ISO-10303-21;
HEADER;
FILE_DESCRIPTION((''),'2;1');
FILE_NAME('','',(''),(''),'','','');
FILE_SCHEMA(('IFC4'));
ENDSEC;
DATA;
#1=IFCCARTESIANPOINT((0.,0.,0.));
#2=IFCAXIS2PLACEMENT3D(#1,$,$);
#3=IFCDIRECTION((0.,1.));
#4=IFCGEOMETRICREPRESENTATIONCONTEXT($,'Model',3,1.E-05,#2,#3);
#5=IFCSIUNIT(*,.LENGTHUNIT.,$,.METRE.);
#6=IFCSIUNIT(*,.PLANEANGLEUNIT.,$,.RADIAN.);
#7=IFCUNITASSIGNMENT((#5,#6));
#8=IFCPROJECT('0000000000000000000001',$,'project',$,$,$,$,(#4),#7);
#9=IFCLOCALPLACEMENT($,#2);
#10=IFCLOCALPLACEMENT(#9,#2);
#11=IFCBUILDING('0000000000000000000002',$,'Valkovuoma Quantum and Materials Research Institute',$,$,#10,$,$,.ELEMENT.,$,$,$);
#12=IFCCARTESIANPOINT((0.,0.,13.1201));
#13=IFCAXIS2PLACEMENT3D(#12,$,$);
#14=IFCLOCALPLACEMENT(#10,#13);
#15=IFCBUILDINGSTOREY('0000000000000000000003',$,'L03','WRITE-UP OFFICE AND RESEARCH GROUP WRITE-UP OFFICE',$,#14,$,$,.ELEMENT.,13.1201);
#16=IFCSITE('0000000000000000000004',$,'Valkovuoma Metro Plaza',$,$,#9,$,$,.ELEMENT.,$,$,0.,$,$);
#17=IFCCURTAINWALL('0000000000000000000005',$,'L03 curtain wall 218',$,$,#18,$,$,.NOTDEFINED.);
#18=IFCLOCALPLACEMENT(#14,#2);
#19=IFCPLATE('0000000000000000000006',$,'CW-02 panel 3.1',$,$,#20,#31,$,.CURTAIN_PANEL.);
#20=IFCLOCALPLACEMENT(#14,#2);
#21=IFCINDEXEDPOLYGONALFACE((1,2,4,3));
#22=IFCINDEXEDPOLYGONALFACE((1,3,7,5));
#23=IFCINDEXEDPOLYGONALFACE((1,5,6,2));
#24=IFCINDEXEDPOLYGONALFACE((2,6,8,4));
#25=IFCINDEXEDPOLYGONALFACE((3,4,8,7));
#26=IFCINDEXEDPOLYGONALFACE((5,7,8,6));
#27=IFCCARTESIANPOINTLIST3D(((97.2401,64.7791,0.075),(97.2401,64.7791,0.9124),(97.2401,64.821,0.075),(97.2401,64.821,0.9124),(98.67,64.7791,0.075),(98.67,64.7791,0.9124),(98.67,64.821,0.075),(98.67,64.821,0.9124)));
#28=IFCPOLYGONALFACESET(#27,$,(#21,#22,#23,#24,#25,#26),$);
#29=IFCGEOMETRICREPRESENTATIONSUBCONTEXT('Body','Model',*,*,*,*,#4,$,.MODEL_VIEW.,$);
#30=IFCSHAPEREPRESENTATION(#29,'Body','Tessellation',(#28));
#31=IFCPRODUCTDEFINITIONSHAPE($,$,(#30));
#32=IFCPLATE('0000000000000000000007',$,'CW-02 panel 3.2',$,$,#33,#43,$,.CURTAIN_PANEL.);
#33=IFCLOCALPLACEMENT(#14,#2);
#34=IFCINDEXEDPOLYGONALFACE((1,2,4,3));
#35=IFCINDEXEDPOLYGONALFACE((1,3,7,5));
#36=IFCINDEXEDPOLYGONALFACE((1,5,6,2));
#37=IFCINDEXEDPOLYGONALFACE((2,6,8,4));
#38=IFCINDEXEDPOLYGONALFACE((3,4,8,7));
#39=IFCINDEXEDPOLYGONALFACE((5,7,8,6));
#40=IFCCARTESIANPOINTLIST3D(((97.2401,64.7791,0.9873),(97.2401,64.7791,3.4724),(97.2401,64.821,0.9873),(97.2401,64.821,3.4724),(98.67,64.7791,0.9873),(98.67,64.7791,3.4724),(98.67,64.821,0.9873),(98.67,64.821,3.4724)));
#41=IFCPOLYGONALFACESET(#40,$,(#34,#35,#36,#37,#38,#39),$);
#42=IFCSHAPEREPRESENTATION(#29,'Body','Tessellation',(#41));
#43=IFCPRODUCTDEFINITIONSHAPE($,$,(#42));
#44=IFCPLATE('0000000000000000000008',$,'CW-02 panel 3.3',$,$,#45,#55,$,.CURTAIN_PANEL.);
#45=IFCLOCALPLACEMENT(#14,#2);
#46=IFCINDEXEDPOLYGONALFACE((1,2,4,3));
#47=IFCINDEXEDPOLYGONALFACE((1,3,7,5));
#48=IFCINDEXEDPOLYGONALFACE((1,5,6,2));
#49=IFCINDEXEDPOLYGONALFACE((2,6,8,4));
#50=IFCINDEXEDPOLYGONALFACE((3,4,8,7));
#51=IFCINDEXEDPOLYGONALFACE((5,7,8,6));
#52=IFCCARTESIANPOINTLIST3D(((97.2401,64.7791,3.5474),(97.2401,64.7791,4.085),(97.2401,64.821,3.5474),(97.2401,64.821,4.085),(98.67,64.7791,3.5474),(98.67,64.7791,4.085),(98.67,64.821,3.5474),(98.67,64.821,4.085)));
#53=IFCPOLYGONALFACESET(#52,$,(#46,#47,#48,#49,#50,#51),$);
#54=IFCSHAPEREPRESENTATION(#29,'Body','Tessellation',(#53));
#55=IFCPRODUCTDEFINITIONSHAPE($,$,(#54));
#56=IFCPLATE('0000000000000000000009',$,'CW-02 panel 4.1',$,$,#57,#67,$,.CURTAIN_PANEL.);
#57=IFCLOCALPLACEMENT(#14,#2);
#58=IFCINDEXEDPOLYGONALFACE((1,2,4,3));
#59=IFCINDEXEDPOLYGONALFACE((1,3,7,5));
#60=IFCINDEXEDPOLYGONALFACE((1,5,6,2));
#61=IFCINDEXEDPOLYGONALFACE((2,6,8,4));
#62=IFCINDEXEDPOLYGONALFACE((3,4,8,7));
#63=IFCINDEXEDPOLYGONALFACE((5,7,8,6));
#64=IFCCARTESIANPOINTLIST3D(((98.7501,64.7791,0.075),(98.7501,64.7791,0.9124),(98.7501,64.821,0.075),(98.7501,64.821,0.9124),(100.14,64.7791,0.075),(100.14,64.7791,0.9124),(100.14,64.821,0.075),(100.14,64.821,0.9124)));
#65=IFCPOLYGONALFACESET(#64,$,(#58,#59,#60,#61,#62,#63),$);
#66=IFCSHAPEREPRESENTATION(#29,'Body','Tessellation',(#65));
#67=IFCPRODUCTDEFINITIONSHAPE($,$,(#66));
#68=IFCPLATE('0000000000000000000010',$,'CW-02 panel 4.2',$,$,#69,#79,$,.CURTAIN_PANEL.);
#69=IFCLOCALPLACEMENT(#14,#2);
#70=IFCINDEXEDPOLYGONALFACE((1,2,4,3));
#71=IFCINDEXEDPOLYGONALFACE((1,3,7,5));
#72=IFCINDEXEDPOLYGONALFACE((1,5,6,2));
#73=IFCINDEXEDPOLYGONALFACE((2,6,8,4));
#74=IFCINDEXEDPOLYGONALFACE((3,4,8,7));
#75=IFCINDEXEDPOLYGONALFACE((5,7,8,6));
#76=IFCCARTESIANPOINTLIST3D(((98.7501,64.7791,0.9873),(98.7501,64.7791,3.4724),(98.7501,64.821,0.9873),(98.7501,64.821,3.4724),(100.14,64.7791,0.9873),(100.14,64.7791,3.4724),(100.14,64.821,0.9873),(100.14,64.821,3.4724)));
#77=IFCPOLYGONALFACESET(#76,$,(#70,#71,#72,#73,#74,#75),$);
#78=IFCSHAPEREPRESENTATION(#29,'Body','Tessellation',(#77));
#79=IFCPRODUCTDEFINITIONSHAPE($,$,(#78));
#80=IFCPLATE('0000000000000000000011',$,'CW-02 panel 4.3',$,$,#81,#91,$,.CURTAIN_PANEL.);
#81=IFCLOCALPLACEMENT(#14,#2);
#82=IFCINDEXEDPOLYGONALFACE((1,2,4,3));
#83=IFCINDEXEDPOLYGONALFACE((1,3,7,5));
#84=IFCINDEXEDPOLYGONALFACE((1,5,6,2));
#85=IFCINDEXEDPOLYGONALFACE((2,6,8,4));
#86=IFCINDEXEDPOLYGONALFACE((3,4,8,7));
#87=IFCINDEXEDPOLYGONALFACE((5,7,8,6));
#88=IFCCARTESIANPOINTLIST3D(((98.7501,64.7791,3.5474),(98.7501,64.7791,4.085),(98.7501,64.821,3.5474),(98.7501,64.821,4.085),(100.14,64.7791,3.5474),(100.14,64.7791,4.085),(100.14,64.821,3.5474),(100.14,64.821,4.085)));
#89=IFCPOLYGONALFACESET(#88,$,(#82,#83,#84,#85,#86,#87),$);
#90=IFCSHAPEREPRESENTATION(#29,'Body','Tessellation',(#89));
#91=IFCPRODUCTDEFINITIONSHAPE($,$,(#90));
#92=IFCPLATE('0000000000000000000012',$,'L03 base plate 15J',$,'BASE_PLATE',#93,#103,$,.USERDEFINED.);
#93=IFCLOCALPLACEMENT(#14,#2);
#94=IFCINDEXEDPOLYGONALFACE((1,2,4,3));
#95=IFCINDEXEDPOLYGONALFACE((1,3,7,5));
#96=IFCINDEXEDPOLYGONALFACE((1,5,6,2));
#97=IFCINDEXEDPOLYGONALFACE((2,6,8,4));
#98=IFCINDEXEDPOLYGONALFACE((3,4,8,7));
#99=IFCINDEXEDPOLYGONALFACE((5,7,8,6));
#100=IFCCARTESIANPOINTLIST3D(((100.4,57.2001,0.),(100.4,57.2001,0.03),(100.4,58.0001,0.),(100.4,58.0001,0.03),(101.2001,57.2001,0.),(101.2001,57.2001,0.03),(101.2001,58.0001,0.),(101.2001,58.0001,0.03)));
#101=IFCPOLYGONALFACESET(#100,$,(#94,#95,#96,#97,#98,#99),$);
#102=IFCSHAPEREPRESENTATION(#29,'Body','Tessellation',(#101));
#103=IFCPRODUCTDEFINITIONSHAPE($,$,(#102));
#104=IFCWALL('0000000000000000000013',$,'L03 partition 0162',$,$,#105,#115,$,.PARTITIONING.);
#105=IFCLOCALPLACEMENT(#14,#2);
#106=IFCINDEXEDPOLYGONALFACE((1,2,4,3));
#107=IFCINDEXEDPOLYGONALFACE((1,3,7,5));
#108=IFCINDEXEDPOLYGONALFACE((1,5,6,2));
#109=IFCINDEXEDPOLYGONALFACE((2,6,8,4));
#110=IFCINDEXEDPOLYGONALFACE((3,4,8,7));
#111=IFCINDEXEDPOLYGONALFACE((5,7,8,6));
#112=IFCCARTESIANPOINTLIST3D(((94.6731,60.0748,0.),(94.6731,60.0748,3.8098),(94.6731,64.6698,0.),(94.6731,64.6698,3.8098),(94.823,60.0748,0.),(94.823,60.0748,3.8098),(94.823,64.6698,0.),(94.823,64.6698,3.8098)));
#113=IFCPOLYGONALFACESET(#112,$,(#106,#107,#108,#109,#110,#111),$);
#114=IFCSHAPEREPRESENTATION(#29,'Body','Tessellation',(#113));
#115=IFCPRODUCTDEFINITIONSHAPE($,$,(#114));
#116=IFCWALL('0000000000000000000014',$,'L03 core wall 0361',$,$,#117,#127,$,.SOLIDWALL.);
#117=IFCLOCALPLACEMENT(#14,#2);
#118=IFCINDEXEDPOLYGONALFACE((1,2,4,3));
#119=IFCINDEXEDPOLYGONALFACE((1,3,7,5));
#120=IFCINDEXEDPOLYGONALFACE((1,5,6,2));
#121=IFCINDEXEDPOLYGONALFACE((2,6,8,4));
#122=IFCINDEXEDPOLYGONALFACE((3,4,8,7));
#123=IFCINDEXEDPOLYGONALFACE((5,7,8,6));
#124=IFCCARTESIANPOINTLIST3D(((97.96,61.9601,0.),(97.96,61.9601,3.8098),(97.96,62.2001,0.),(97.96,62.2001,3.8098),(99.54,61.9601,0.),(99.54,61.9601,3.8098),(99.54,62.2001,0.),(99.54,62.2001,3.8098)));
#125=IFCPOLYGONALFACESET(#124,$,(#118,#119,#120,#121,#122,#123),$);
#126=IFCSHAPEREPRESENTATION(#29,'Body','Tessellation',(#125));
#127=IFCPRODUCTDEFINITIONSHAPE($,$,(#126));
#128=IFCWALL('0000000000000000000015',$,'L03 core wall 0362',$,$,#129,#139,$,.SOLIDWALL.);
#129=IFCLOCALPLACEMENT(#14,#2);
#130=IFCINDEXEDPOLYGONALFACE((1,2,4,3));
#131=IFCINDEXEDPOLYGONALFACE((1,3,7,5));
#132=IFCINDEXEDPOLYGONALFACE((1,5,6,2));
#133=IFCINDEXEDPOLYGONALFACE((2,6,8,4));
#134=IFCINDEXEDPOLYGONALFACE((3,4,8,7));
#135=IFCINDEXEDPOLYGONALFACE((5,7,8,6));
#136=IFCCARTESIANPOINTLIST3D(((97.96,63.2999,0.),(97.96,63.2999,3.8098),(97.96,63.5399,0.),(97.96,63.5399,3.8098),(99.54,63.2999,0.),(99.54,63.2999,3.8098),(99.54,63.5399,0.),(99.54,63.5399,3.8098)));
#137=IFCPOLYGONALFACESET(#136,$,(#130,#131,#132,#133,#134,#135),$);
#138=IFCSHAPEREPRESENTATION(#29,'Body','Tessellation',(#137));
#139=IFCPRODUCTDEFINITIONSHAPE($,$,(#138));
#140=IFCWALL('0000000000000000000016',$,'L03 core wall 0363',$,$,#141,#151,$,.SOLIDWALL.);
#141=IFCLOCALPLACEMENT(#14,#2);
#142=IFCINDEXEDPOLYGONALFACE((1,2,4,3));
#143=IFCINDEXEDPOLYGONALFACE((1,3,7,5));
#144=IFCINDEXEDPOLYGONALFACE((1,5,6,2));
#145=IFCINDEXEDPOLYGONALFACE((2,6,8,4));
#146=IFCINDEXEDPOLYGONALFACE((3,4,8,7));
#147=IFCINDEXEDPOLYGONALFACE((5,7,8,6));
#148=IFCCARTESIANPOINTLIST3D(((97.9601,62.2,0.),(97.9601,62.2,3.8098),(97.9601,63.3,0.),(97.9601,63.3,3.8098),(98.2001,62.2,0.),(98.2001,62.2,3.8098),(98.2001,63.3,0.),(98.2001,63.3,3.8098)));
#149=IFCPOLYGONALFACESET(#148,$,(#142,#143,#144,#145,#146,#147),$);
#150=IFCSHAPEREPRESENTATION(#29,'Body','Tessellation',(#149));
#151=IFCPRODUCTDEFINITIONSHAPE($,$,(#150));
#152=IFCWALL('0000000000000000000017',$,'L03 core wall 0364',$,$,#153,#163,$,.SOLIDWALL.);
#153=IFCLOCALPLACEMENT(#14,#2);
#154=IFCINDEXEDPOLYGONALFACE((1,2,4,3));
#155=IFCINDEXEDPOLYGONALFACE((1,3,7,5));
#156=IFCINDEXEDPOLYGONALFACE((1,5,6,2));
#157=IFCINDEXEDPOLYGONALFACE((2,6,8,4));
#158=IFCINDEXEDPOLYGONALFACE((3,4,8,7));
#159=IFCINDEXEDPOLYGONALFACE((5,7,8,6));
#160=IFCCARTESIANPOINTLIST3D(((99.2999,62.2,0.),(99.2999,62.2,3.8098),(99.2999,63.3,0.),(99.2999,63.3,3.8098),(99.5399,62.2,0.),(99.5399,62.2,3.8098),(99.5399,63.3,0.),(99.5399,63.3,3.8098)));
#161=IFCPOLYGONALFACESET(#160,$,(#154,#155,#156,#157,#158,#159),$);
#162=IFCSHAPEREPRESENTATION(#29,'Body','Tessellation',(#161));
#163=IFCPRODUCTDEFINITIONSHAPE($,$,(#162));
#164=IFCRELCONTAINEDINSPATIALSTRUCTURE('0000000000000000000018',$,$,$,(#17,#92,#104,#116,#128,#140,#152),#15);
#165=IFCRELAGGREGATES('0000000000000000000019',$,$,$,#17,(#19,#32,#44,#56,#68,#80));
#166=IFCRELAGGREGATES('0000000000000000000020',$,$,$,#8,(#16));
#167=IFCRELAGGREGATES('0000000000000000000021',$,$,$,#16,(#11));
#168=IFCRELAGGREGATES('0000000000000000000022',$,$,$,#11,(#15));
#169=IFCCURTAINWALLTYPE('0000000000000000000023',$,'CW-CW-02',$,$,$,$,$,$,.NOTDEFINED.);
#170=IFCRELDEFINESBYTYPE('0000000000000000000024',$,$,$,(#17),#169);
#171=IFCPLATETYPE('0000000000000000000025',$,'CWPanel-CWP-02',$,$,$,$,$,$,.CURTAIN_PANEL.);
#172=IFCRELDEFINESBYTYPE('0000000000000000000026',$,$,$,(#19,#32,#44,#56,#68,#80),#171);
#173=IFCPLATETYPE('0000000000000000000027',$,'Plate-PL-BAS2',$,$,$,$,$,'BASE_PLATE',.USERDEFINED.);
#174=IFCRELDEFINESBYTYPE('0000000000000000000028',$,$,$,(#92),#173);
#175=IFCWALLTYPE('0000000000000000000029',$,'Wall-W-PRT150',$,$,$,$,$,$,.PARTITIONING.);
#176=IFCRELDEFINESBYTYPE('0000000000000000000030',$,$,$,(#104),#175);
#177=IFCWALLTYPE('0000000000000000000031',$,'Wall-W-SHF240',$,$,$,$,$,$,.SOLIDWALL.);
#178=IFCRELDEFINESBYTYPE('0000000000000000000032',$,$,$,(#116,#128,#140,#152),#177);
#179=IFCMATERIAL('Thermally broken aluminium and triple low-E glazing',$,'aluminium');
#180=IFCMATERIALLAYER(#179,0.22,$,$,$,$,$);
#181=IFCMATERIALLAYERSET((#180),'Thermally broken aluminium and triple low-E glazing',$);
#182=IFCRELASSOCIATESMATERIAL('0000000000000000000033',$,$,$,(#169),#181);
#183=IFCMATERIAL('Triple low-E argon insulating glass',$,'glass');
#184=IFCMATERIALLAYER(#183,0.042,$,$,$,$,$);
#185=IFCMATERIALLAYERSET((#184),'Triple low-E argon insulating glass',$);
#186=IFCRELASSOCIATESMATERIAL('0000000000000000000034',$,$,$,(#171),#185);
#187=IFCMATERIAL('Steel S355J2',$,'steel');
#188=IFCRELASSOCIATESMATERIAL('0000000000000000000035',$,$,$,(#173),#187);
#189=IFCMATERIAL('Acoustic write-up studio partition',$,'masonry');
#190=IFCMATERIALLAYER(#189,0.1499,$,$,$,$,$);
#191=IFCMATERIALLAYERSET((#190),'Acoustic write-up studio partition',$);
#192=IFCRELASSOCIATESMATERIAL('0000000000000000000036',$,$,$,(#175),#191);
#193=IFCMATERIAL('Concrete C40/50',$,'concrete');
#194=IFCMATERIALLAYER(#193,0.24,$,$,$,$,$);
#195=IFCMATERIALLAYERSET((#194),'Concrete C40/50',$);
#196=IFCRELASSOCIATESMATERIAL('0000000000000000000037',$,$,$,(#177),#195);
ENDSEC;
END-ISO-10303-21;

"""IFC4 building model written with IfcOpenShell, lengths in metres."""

from ifc_helpers import new_model, si_unit, direction, frame, frame_2d, origin, origin_2d, place, context, subcontext, project, spatial, rectangle, extrude, material, layer, layer_set, type_object, element, aggregate, save


model = new_model("IFC4")

# Units and contexts
model_context = context("Model", 3, precision=1e-05, world=origin(), true_north=direction((0.0, 1.0)))
body_context = subcontext(model_context, "Body", "Model", "MODEL_VIEW")
ifc_project = project(units=[si_unit("LENGTHUNIT", "METRE"), si_unit("PLANEANGLEUNIT", "RADIAN")], contexts=[model_context])

# Site, building, storey
site_placement = place(None, origin())
site = spatial("IfcSite", under=ifc_project, at=site_placement, Name="Valkovuoma Metro Plaza", CompositionType="ELEMENT", RefElevation=0.0)
building_placement = place(site_placement, origin())
building = spatial("IfcBuilding", under=site, at=building_placement, Name="Valkovuoma Quantum and Materials Research Institute", CompositionType="ELEMENT")
storey_placement = place(building_placement, frame((0.0, 0.0, 13.1201)))
storey = spatial("IfcBuildingStorey", under=building, at=storey_placement, Name="L03", Description="WRITE-UP OFFICE AND RESEARCH GROUP WRITE-UP OFFICE", CompositionType="ELEMENT", Elevation=13.1201)

# Curtain wall, plates
ifc_material_1 = material(Name="Thermally broken aluminium and triple low-E glazing", Category="aluminium")
ifc_layer_1 = layer(ifc_material_1, 0.22)
ifc_layer_set_1 = layer_set([ifc_layer_1], Name="Thermally broken aluminium and triple low-E glazing")
curtain_wall_type = type_object("IfcCurtainWallType", Name="CW-CW-02", PredefinedType="NOTDEFINED", material=ifc_layer_set_1)
curtain_wall_placement = place(storey_placement, origin())
curtain_wall = element("IfcCurtainWall", 1, at=curtain_wall_placement, inside=storey, type_object=curtain_wall_type, Name="L03 curtain wall 218", PredefinedType="NOTDEFINED")
ifc_material_2 = material(Name="Triple low-E argon insulating glass", Category="glass")
ifc_layer_2 = layer(ifc_material_2, 0.042)
ifc_layer_set_2 = layer_set([ifc_layer_2], Name="Triple low-E argon insulating glass")
plate_type_1 = type_object("IfcPlateType", Name="CWPanel-CWP-02", PredefinedType="CURTAIN_PANEL", material=ifc_layer_set_2)
plate_1_placement = place(storey_placement, frame((97.9551, 64.8, 0.075), z_axis=(0.0, 0.0, 1.0), x_axis=(1.0, 0.0, 0.0)))
plate_1 = element("IfcPlate", 2, at=plate_1_placement, type_object=plate_type_1, Name="CW-02 panel 3.1", PredefinedType="CURTAIN_PANEL", context=body_context, shape_type="SweptSolid", body=[
    extrude(rectangle(XDim=1.4299, YDim=0.042, at=origin_2d()), origin(), (0.0, 0.0, 1.0), 0.8374),
])
plate_2_placement = place(storey_placement, frame((97.9551, 64.8, 0.9873), z_axis=(0.0, 0.0, 1.0), x_axis=(1.0, 0.0, 0.0)))
plate_2 = element("IfcPlate", 3, at=plate_2_placement, type_object=plate_type_1, Name="CW-02 panel 3.2", PredefinedType="CURTAIN_PANEL", context=body_context, shape_type="SweptSolid", body=[
    extrude(rectangle(XDim=1.4299, YDim=0.042, at=origin_2d()), origin(), (0.0, 0.0, 1.0), 2.4851),
])
plate_3_placement = place(storey_placement, frame((97.9551, 64.8, 3.5474), z_axis=(0.0, 0.0, 1.0), x_axis=(1.0, 0.0, 0.0)))
plate_3 = element("IfcPlate", 4, at=plate_3_placement, type_object=plate_type_1, Name="CW-02 panel 3.3", PredefinedType="CURTAIN_PANEL", context=body_context, shape_type="SweptSolid", body=[
    extrude(rectangle(XDim=1.4299, YDim=0.042, at=origin_2d()), origin(), (0.0, 0.0, 1.0), 0.5376),
])
plate_4_placement = place(storey_placement, frame((99.4451, 64.8, 0.075), z_axis=(0.0, 0.0, 1.0), x_axis=(1.0, 0.0, 0.0)))
plate_4 = element("IfcPlate", 5, at=plate_4_placement, type_object=plate_type_1, Name="CW-02 panel 4.1", PredefinedType="CURTAIN_PANEL", context=body_context, shape_type="SweptSolid", body=[
    extrude(rectangle(XDim=1.3899, YDim=0.042, at=origin_2d()), origin(), (0.0, 0.0, 1.0), 0.8374),
])
plate_5_placement = place(storey_placement, frame((99.4451, 64.8, 0.9873), z_axis=(0.0, 0.0, 1.0), x_axis=(1.0, 0.0, 0.0)))
plate_5 = element("IfcPlate", 6, at=plate_5_placement, type_object=plate_type_1, Name="CW-02 panel 4.2", PredefinedType="CURTAIN_PANEL", context=body_context, shape_type="SweptSolid", body=[
    extrude(rectangle(XDim=1.3899, YDim=0.042, at=origin_2d()), origin(), (0.0, 0.0, 1.0), 2.4851),
])
plate_6_placement = place(storey_placement, frame((99.4451, 64.8, 3.5474), z_axis=(0.0, 0.0, 1.0), x_axis=(1.0, 0.0, 0.0)))
plate_6 = element("IfcPlate", 7, at=plate_6_placement, type_object=plate_type_1, Name="CW-02 panel 4.3", PredefinedType="CURTAIN_PANEL", context=body_context, shape_type="SweptSolid", body=[
    extrude(rectangle(XDim=1.3899, YDim=0.042, at=origin_2d()), origin(), (0.0, 0.0, 1.0), 0.5376),
])
aggregate(curtain_wall, [plate_1, plate_2, plate_3, plate_4, plate_5, plate_6])

# Plate
ifc_material_3 = material(Name="Steel S355J2", Category="steel")
plate_type_2 = type_object("IfcPlateType", Name="Plate-PL-BAS2", ElementType="BASE_PLATE", PredefinedType="USERDEFINED", material=ifc_material_3)
plate_7_placement = place(storey_placement, frame((100.8, 57.6001, 0.0), z_axis=(0.0, 0.0, 1.0), x_axis=(1.0, 0.0, 0.0)))
element("IfcPlate", 8, at=plate_7_placement, inside=storey, type_object=plate_type_2, Name="L03 base plate 15J", ObjectType="BASE_PLATE", PredefinedType="USERDEFINED", context=body_context, shape_type="SweptSolid", body=[
    extrude(rectangle(XDim=0.8, YDim=0.8, at=origin_2d()), origin(), (0.0, 0.0, 1.0), 0.03),
])

# Walls
ifc_material_4 = material(Name="Acoustic write-up studio partition", Category="masonry")
ifc_layer_3 = layer(ifc_material_4, 0.1499)
ifc_layer_set_3 = layer_set([ifc_layer_3], Name="Acoustic write-up studio partition")
wall_type_1 = type_object("IfcWallType", Name="Wall-W-PRT150", PredefinedType="PARTITIONING", material=ifc_layer_set_3)
wall_placement = place(storey_placement, frame((94.748, 60.075, 0.0), z_axis=(0.0, 0.0, 1.0), x_axis=(0.0, 1.0, 0.0)))
element("IfcWall", 9, at=wall_placement, inside=storey, type_object=wall_type_1, Name="L03 partition 0162", PredefinedType="PARTITIONING", context=body_context, shape_type="SweptSolid", body=[
    extrude(rectangle(XDim=4.595, YDim=0.1499, at=frame_2d((2.2974, 0.0))), origin(), (0.0, 0.0, 1.0), 3.8098),
])
ifc_material_5 = material(Name="Concrete C40/50", Category="concrete")
ifc_layer_4 = layer(ifc_material_5, 0.24)
ifc_layer_set_4 = layer_set([ifc_layer_4], Name="Concrete C40/50")
wall_type_2 = type_object("IfcWallType", Name="Wall-W-SHF240", PredefinedType="SOLIDWALL", material=ifc_layer_set_4)
for number, where, z_axis, x_axis, name in (
    (10, (97.96, 62.0801, 0.0), (0.0, 0.0, 1.0), (1.0, 0.0, 0.0), "L03 core wall 0361"),
    (11, (97.96, 63.4199, 0.0), (0.0, 0.0, 1.0), (1.0, 0.0, 0.0), "L03 core wall 0362"),
):
    element("IfcWall", number, at=place(storey_placement, frame(where, z_axis=z_axis, x_axis=x_axis)), inside=storey, type_object=wall_type_2, Name=name, PredefinedType="SOLIDWALL", context=body_context, shape_type="SweptSolid", body=[
        extrude(rectangle(XDim=1.5801, YDim=0.24, at=frame_2d((0.79, 0.0))), origin(), (0.0, 0.0, 1.0), 3.8098),
    ])
for number, where, z_axis, x_axis, name in (
    (12, (98.0801, 62.2, 0.0), (0.0, 0.0, 1.0), (0.0, 1.0, 0.0), "L03 core wall 0363"),
    (13, (99.4199, 62.2, 0.0), (0.0, 0.0, 1.0), (0.0, 1.0, 0.0), "L03 core wall 0364"),
):
    element("IfcWall", number, at=place(storey_placement, frame(where, z_axis=z_axis, x_axis=x_axis)), inside=storey, type_object=wall_type_2, Name=name, PredefinedType="SOLIDWALL", context=body_context, shape_type="SweptSolid", body=[
        extrude(rectangle(XDim=1.1001, YDim=0.24, at=frame_2d((0.55, 0.0))), origin(), (0.0, 0.0, 1.0), 3.8098),
    ])

save(model, "model.ifc")
